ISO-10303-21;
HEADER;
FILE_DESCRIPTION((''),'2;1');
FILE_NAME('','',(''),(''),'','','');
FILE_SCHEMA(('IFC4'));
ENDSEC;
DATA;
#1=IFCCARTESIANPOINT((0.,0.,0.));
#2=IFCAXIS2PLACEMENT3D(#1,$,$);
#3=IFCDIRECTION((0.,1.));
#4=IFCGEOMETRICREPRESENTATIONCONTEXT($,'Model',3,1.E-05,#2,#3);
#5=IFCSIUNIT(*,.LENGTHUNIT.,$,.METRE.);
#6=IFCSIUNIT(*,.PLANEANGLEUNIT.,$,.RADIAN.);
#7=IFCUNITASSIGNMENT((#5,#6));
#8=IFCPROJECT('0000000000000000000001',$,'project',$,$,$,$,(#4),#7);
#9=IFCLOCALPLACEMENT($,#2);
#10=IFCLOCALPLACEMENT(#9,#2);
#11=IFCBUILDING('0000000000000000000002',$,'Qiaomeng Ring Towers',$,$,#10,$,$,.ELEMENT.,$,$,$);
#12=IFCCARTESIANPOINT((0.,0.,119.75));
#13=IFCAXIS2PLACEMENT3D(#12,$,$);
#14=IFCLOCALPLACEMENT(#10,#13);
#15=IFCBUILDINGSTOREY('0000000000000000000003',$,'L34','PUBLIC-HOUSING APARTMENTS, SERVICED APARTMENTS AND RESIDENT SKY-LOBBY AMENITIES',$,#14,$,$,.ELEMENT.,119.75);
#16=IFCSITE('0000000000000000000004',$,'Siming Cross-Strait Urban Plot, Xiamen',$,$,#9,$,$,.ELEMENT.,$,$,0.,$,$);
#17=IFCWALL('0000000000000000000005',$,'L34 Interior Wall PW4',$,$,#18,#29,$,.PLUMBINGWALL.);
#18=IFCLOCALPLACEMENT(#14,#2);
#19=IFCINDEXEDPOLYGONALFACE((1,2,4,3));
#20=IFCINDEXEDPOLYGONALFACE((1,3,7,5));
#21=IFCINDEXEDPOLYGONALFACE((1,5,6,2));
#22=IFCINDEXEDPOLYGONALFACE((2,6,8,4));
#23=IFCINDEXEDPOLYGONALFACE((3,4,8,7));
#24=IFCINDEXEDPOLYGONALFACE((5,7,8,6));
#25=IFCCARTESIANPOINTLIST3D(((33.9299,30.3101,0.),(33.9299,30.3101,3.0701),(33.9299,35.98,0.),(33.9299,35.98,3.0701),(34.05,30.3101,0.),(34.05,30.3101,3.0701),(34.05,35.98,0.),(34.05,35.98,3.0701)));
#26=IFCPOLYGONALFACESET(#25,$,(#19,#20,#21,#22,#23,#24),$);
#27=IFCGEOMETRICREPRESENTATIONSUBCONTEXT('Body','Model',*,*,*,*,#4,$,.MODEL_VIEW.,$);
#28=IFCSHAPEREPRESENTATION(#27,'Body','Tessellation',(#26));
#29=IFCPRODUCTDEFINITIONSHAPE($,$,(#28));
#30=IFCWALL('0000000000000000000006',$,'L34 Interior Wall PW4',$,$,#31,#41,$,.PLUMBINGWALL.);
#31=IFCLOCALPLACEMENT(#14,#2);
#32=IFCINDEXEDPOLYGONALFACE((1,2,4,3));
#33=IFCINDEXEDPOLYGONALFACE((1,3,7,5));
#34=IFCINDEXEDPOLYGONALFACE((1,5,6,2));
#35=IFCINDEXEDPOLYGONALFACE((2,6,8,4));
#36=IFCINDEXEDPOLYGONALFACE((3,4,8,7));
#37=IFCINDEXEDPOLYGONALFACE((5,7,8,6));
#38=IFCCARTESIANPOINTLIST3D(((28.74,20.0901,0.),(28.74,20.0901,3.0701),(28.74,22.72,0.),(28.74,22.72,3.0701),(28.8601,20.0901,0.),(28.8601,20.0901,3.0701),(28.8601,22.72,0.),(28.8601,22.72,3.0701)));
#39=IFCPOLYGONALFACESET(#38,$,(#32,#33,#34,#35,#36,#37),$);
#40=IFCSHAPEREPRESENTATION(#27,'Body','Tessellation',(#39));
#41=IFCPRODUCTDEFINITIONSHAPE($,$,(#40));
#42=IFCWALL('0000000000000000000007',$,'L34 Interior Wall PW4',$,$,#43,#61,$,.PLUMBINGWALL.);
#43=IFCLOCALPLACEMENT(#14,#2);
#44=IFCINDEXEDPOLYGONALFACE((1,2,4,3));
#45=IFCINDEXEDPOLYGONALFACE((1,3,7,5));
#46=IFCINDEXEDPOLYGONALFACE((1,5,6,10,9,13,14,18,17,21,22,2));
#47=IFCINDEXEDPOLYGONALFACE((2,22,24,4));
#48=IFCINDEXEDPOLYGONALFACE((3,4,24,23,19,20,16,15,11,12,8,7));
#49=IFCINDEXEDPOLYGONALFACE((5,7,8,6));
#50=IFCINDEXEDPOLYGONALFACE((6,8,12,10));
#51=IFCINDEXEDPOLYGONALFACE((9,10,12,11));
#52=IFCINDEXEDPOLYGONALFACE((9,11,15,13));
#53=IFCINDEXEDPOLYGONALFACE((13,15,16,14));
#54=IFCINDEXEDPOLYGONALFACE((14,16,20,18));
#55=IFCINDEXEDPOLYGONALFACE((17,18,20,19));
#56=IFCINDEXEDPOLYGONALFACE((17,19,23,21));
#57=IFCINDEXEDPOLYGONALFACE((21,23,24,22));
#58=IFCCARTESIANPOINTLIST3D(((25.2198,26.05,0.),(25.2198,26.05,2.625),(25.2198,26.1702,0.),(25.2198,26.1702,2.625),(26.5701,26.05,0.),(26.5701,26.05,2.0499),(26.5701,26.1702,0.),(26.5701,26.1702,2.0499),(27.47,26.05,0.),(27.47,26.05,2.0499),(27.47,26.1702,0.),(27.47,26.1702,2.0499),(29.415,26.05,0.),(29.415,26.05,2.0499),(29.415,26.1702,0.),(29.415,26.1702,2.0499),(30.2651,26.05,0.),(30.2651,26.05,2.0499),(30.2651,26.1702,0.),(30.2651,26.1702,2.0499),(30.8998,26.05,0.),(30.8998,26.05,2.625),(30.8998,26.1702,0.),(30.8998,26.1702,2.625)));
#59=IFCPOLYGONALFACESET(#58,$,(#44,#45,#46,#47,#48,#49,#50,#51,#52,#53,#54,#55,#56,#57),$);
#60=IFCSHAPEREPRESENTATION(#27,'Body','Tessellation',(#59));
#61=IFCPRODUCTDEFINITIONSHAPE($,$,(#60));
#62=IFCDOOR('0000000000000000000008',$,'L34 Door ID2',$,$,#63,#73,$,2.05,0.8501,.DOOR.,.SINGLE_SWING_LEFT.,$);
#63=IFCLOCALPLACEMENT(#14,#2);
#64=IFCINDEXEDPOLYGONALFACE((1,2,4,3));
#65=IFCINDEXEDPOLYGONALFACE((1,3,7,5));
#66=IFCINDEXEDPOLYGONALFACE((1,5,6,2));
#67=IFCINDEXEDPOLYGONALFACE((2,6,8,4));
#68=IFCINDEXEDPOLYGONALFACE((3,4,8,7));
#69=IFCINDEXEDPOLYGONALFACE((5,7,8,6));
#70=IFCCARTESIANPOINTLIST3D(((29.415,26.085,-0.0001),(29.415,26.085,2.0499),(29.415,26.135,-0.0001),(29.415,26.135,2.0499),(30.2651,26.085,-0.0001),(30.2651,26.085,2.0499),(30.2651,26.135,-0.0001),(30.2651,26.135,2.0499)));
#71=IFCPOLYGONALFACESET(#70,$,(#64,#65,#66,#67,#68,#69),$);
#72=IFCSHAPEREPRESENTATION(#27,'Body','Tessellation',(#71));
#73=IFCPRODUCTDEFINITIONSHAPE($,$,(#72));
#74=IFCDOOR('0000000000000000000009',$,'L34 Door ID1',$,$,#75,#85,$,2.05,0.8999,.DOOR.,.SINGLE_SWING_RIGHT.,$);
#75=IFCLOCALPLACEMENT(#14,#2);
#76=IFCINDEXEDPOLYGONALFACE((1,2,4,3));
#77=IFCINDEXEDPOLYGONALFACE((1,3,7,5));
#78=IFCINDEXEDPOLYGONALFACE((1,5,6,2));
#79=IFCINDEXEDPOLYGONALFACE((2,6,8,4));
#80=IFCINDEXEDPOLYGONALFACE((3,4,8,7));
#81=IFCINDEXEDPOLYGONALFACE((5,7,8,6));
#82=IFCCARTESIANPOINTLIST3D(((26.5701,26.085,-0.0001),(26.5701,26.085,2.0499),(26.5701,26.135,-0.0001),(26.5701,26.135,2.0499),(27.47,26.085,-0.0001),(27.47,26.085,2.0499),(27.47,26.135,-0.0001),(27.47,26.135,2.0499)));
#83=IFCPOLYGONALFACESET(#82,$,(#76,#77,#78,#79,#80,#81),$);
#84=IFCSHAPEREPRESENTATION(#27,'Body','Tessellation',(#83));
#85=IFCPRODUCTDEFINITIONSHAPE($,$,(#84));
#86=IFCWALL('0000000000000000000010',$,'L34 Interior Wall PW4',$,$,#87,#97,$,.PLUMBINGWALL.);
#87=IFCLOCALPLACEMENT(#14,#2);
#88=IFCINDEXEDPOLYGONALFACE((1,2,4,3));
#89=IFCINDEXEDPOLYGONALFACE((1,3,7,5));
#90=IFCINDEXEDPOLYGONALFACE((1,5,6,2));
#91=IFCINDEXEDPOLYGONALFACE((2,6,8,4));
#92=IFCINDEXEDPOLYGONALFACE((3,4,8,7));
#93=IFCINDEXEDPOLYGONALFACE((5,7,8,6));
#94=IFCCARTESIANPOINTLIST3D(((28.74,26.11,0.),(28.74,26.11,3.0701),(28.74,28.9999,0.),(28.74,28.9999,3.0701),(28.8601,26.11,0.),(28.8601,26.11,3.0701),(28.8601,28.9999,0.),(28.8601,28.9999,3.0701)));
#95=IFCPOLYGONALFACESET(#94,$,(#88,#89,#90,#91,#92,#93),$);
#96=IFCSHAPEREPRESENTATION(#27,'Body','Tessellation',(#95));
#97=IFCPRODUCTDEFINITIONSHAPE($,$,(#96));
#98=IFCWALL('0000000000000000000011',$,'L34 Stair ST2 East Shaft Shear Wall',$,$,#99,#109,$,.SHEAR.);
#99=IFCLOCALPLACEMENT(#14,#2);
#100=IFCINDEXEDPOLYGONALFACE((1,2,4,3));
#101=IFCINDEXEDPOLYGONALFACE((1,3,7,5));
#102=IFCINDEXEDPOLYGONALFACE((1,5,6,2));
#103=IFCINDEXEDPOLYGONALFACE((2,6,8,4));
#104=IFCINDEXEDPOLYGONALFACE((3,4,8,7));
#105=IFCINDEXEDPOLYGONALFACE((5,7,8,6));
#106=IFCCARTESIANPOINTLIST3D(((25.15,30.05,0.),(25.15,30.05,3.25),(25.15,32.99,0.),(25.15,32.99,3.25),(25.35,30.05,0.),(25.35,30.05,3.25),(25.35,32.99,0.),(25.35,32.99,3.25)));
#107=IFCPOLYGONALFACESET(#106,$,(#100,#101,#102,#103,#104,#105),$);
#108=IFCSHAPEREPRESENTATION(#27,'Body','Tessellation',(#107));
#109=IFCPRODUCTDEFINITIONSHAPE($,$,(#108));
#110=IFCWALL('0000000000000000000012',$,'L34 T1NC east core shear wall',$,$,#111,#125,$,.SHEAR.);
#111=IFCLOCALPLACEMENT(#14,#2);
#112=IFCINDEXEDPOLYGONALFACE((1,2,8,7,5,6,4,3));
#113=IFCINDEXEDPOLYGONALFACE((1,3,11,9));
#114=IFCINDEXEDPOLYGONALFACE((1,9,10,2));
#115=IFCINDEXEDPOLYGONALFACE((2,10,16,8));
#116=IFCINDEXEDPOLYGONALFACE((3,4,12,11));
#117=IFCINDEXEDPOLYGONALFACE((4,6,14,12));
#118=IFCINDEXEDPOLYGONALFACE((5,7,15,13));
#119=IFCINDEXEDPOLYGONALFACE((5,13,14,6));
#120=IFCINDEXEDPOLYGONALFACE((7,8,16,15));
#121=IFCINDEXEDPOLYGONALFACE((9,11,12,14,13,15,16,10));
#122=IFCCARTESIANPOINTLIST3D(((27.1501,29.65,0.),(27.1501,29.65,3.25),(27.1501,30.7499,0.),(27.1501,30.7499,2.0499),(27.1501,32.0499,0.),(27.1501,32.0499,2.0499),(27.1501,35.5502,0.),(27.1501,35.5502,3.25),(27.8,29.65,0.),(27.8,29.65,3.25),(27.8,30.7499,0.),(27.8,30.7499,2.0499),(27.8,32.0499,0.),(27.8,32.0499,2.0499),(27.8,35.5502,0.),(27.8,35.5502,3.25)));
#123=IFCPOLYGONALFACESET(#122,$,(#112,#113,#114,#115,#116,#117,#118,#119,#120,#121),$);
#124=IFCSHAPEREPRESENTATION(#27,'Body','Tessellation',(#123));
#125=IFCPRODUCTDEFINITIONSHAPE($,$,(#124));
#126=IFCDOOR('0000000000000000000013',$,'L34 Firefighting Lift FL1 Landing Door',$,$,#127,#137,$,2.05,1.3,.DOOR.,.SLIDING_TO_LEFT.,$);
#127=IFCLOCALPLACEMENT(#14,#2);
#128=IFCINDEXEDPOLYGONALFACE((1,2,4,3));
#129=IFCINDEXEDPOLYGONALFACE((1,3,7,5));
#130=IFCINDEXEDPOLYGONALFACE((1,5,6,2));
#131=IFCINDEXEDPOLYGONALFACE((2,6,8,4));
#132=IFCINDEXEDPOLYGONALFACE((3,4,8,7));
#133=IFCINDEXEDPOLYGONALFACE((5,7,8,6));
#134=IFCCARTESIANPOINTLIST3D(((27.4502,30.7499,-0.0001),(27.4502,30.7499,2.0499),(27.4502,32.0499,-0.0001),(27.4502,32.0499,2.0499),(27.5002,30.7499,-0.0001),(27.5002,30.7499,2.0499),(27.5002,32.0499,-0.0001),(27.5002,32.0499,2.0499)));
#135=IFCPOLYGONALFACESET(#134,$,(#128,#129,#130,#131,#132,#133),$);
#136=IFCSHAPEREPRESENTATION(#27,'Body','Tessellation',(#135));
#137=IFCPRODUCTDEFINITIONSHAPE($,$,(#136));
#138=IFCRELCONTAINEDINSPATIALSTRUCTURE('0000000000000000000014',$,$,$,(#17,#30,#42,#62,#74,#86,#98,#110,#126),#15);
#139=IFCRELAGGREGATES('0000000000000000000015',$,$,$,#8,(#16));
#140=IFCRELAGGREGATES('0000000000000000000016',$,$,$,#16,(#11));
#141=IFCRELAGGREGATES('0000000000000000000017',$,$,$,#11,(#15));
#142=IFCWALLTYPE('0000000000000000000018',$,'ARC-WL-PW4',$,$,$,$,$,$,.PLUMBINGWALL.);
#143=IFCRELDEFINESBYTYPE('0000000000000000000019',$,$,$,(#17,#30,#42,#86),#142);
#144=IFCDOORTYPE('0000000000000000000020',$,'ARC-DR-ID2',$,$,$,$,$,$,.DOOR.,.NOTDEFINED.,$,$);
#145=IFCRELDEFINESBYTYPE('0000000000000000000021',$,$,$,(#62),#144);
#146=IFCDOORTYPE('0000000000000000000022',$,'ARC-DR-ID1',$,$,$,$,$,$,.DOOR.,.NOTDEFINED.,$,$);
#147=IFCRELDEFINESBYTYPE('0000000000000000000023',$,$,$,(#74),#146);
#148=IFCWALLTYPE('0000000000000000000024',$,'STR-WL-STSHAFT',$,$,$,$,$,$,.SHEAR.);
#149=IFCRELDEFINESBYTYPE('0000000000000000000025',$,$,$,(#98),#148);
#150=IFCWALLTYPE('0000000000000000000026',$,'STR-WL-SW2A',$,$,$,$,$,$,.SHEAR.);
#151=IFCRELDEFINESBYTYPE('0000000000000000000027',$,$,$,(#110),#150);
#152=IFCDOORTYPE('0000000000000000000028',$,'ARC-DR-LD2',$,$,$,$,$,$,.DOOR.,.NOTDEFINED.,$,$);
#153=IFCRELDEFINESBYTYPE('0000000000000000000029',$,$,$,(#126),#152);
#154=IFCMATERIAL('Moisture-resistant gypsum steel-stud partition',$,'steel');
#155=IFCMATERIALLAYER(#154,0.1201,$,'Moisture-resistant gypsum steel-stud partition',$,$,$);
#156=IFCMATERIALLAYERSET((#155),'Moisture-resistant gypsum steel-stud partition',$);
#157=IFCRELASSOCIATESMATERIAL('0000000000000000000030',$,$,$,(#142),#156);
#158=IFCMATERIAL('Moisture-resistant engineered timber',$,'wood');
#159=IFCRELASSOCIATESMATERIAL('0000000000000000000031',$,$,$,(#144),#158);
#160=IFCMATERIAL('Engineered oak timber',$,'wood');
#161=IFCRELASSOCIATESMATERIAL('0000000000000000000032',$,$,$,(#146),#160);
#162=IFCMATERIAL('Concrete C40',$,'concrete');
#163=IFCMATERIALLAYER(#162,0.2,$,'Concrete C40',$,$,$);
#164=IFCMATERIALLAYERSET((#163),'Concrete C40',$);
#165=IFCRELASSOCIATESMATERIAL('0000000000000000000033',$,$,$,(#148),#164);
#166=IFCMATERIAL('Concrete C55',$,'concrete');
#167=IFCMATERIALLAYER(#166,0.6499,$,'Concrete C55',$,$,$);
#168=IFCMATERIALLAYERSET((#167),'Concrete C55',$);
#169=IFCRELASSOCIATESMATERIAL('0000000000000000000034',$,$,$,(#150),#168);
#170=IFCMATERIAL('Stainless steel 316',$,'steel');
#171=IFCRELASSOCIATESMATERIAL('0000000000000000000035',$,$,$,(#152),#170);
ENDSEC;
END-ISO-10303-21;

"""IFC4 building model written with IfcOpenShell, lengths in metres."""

from ifc_helpers import new_model, si_unit, direction, frame, frame_2d, origin, place, context, subcontext, project, spatial, rectangle, extrude, source, transform, mapped, material, layer, layer_set, type_object, element, fill, save


model = new_model("IFC4")

# Units and contexts
model_context = context("Model", 3, precision=1e-05, world=origin(), true_north=direction((0.0, 1.0)))
body_context = subcontext(model_context, "Body", "Model", "MODEL_VIEW")
ifc_project = project(units=[si_unit("LENGTHUNIT", "METRE"), si_unit("PLANEANGLEUNIT", "RADIAN")], contexts=[model_context])

# Site, building, storey
site_placement = place(None, origin())
site = spatial("IfcSite", under=ifc_project, at=site_placement, Name="Siming Cross-Strait Urban Plot, Xiamen", CompositionType="ELEMENT", RefElevation=0.0)
building_placement = place(site_placement, origin())
building = spatial("IfcBuilding", under=site, at=building_placement, Name="Qiaomeng Ring Towers", CompositionType="ELEMENT")
storey_placement = place(building_placement, frame((0.0, 0.0, 119.75)))
storey = spatial("IfcBuildingStorey", under=building, at=storey_placement, Name="L34", Description="PUBLIC-HOUSING APARTMENTS, SERVICED APARTMENTS AND RESIDENT SKY-LOBBY AMENITIES", CompositionType="ELEMENT", Elevation=119.75)

# Shared definitions
ifc_material_1 = material(Name="Concrete C55", Category="concrete")

# Shared definitions
ifc_material_2 = material(Name="Moisture-resistant gypsum steel-stud partition", Category="steel")
ifc_layer_1 = layer(ifc_material_2, 0.1201, Name="Moisture-resistant gypsum steel-stud partition")
ifc_layer_set_1 = layer_set([ifc_layer_1], Name="Moisture-resistant gypsum steel-stud partition")
wall_type_1 = type_object("IfcWallType", Name="ARC-WL-PW4", PredefinedType="PLUMBINGWALL", material=ifc_layer_set_1)
ifc_material_3 = material(Name="Moisture-resistant engineered timber", Category="wood")
door_type_1 = type_object("IfcDoorType", Name="ARC-DR-ID2", OperationType="NOTDEFINED", PredefinedType="DOOR", material=ifc_material_3)
shared_shape_1 = source(origin(), body_context, "Body", "SweptSolid", [
    extrude(rectangle(XDim=0.8501, YDim=2.05, at=frame_2d((0.425, 1.0249))), frame((0.0, 0.0249, 0.0), z_axis=(0.0, -1.0, 0.0), x_axis=(1.0, 0.0, 0.0)), (0.0, 0.0, 1.0), 0.05),
])
ifc_material_4 = material(Name="Engineered oak timber", Category="wood")
door_type_2 = type_object("IfcDoorType", Name="ARC-DR-ID1", OperationType="NOTDEFINED", PredefinedType="DOOR", material=ifc_material_4)
shared_shape_2 = source(origin(), body_context, "Body", "SweptSolid", [
    extrude(rectangle(XDim=0.8999, YDim=2.05, at=frame_2d((0.45, 1.0249))), frame((0.0, 0.0249, 0.0), z_axis=(0.0, -1.0, 0.0), x_axis=(1.0, 0.0, 0.0)), (0.0, 0.0, 1.0), 0.05),
])

# Walls
wall_1_placement = place(storey_placement, frame((33.99, 30.3101, 0.0), z_axis=(0.0, 0.0, 1.0), x_axis=(0.0, 1.0, 0.0)))
element("IfcWall", 1, at=wall_1_placement, inside=storey, type_object=wall_type_1, Name="L34 Interior Wall PW4", PredefinedType="PLUMBINGWALL", context=body_context, shape_type="SweptSolid", body=[
    extrude(rectangle(XDim=5.6699, YDim=0.1201, at=frame_2d((2.835, 0.0))), origin(), (0.0, 0.0, 1.0), 3.0701),
])
wall_2_placement = place(storey_placement, frame((28.8, 20.0901, 0.0), z_axis=(0.0, 0.0, 1.0), x_axis=(0.0, 1.0, 0.0)))
element("IfcWall", 2, at=wall_2_placement, inside=storey, type_object=wall_type_1, Name="L34 Interior Wall PW4", PredefinedType="PLUMBINGWALL", context=body_context, shape_type="SweptSolid", body=[
    extrude(rectangle(XDim=2.6299, YDim=0.1201, at=frame_2d((1.3149, 0.0))), origin(), (0.0, 0.0, 1.0), 3.0701),
])

# Wall, openings, doors
wall_3_placement = place(storey_placement, frame((25.22, 26.1101, 0.0), z_axis=(0.0, 0.0, 1.0), x_axis=(1.0, 0.0, 0.0)))
wall_3 = element("IfcWall", 3, at=wall_3_placement, inside=storey, type_object=wall_type_1, Name="L34 Interior Wall PW4", PredefinedType="PLUMBINGWALL", context=body_context, shape_type="SweptSolid", body=[
    extrude(rectangle(XDim=5.6799, YDim=0.1201, at=frame_2d((2.8398, 0.0))), origin(), (0.0, 0.0, 1.0), 2.625),
])
opening_1_placement = place(wall_3_placement, frame((1.3501, 0.0, 0.0)))
opening_1 = element("IfcOpeningElement", 4, at=opening_1_placement, cuts=wall_3, PredefinedType="OPENING", context=body_context, shape_type="SweptSolid", body=[
    extrude(rectangle(XDim=0.8999, YDim=2.05, at=frame_2d((0.45, 1.0249))), frame((0.0, 0.0701, 0.0), z_axis=(0.0, -1.0, 0.0), x_axis=(1.0, 0.0, 0.0)), (0.0, 0.0, 1.0), 0.1401),
])
opening_2_placement = place(wall_3_placement, frame((4.1951, 0.0, 0.0)))
opening_2 = element("IfcOpeningElement", 5, at=opening_2_placement, cuts=wall_3, PredefinedType="OPENING", context=body_context, shape_type="SweptSolid", body=[
    extrude(rectangle(XDim=0.8501, YDim=2.05, at=frame_2d((0.425, 1.0249))), frame((0.0, 0.0701, 0.0), z_axis=(0.0, -1.0, 0.0), x_axis=(1.0, 0.0, 0.0)), (0.0, 0.0, 1.0), 0.1401),
])
door_1_placement = place(opening_2_placement, origin())
door_1 = element("IfcDoor", 6, at=door_1_placement, inside=storey, type_object=door_type_1, Name="L34 Door ID2", OperationType="SINGLE_SWING_LEFT", OverallHeight=2.05, OverallWidth=0.8501, PredefinedType="DOOR", context=body_context, shape_type="MappedRepresentation", body=[
    mapped(shared_shape_1, transform((0.0, 0.0, 0.0), x_axis=(1.0, 0.0, 0.0), y_axis=(0.0, 1.0, 0.0), z_axis=(0.0, 0.0, 1.0), scale=1.0)),
])
fill(opening_2, door_1)
door_2_placement = place(opening_1_placement, origin())
door_2 = element("IfcDoor", 7, at=door_2_placement, inside=storey, type_object=door_type_2, Name="L34 Door ID1", OperationType="SINGLE_SWING_RIGHT", OverallHeight=2.05, OverallWidth=0.8999, PredefinedType="DOOR", context=body_context, shape_type="MappedRepresentation", body=[
    mapped(shared_shape_2, transform((0.0, 0.0, 0.0), x_axis=(1.0, 0.0, 0.0), y_axis=(0.0, 1.0, 0.0), z_axis=(0.0, 0.0, 1.0), scale=1.0)),
])
fill(opening_1, door_2)

# Walls
wall_4_placement = place(storey_placement, frame((28.8, 26.1101, 0.0), z_axis=(0.0, 0.0, 1.0), x_axis=(0.0, 1.0, 0.0)))
element("IfcWall", 8, at=wall_4_placement, inside=storey, type_object=wall_type_1, Name="L34 Interior Wall PW4", PredefinedType="PLUMBINGWALL", context=body_context, shape_type="SweptSolid", body=[
    extrude(rectangle(XDim=2.8899, YDim=0.1201, at=frame_2d((1.4448, 0.0))), origin(), (0.0, 0.0, 1.0), 3.0701),
])
ifc_material_5 = material(Name="Concrete C40", Category="concrete")
ifc_layer_2 = layer(ifc_material_5, 0.2, Name="Concrete C40")
ifc_layer_set_2 = layer_set([ifc_layer_2], Name="Concrete C40")
wall_type_2 = type_object("IfcWallType", Name="STR-WL-STSHAFT", PredefinedType="SHEAR", material=ifc_layer_set_2)
wall_5_placement = place(storey_placement, frame((25.25, 30.05, 0.0), z_axis=(0.0, 0.0, 1.0), x_axis=(0.0, 1.0, 0.0)))
element("IfcWall", 9, at=wall_5_placement, inside=storey, type_object=wall_type_2, Name="L34 Stair ST2 East Shaft Shear Wall", PredefinedType="SHEAR", context=body_context, shape_type="SweptSolid", body=[
    extrude(rectangle(XDim=2.9399, YDim=0.2, at=frame_2d((1.47, 0.0))), origin(), (0.0, 0.0, 1.0), 3.25),
])

# Wall, opening, door
ifc_layer_3 = layer(ifc_material_1, 0.6499, Name="Concrete C55")
ifc_layer_set_3 = layer_set([ifc_layer_3], Name="Concrete C55")
wall_type_3 = type_object("IfcWallType", Name="STR-WL-SW2A", PredefinedType="SHEAR", material=ifc_layer_set_3)
wall_6_placement = place(storey_placement, frame((27.4751, 29.6499, 0.0), z_axis=(0.0, 0.0, 1.0), x_axis=(0.0, 1.0, 0.0)))
wall_6 = element("IfcWall", 10, at=wall_6_placement, inside=storey, type_object=wall_type_3, Name="L34 T1NC east core shear wall", PredefinedType="SHEAR", context=body_context, shape_type="SweptSolid", body=[
    extrude(rectangle(XDim=5.9001, YDim=0.6499, at=frame_2d((2.9502, 0.0))), origin(), (0.0, 0.0, 1.0), 3.25),
])
opening_3_placement = place(wall_6_placement, frame((1.1001, 0.0, 0.0)))
opening_3 = element("IfcOpeningElement", 11, at=opening_3_placement, cuts=wall_6, PredefinedType="OPENING", context=body_context, shape_type="SweptSolid", body=[
    extrude(rectangle(XDim=1.3, YDim=2.05, at=frame_2d((0.6499, 1.0249))), frame((0.0, 0.335, 0.0), z_axis=(0.0, -1.0, 0.0), x_axis=(1.0, 0.0, 0.0)), (0.0, 0.0, 1.0), 0.6699),
])
ifc_material_6 = material(Name="Stainless steel 316", Category="steel")
door_type_3 = type_object("IfcDoorType", Name="ARC-DR-LD2", OperationType="NOTDEFINED", PredefinedType="DOOR", material=ifc_material_6)
shared_shape_3 = source(origin(), body_context, "Body", "SweptSolid", [
    extrude(rectangle(XDim=1.3, YDim=2.05, at=frame_2d((0.6499, 1.0249))), frame((0.0, 0.0249, 0.0), z_axis=(0.0, -1.0, 0.0), x_axis=(1.0, 0.0, 0.0)), (0.0, 0.0, 1.0), 0.05),
])
door_3_placement = place(opening_3_placement, origin())
door_3 = element("IfcDoor", 12, at=door_3_placement, inside=storey, type_object=door_type_3, Name="L34 Firefighting Lift FL1 Landing Door", OperationType="SLIDING_TO_LEFT", OverallHeight=2.05, OverallWidth=1.3, PredefinedType="DOOR", context=body_context, shape_type="MappedRepresentation", body=[
    mapped(shared_shape_3, transform((0.0, 0.0, 0.0), x_axis=(1.0, 0.0, 0.0), y_axis=(0.0, 1.0, 0.0), z_axis=(0.0, 0.0, 1.0), scale=1.0)),
])
fill(opening_3, door_3)

save(model, "model.ifc")
